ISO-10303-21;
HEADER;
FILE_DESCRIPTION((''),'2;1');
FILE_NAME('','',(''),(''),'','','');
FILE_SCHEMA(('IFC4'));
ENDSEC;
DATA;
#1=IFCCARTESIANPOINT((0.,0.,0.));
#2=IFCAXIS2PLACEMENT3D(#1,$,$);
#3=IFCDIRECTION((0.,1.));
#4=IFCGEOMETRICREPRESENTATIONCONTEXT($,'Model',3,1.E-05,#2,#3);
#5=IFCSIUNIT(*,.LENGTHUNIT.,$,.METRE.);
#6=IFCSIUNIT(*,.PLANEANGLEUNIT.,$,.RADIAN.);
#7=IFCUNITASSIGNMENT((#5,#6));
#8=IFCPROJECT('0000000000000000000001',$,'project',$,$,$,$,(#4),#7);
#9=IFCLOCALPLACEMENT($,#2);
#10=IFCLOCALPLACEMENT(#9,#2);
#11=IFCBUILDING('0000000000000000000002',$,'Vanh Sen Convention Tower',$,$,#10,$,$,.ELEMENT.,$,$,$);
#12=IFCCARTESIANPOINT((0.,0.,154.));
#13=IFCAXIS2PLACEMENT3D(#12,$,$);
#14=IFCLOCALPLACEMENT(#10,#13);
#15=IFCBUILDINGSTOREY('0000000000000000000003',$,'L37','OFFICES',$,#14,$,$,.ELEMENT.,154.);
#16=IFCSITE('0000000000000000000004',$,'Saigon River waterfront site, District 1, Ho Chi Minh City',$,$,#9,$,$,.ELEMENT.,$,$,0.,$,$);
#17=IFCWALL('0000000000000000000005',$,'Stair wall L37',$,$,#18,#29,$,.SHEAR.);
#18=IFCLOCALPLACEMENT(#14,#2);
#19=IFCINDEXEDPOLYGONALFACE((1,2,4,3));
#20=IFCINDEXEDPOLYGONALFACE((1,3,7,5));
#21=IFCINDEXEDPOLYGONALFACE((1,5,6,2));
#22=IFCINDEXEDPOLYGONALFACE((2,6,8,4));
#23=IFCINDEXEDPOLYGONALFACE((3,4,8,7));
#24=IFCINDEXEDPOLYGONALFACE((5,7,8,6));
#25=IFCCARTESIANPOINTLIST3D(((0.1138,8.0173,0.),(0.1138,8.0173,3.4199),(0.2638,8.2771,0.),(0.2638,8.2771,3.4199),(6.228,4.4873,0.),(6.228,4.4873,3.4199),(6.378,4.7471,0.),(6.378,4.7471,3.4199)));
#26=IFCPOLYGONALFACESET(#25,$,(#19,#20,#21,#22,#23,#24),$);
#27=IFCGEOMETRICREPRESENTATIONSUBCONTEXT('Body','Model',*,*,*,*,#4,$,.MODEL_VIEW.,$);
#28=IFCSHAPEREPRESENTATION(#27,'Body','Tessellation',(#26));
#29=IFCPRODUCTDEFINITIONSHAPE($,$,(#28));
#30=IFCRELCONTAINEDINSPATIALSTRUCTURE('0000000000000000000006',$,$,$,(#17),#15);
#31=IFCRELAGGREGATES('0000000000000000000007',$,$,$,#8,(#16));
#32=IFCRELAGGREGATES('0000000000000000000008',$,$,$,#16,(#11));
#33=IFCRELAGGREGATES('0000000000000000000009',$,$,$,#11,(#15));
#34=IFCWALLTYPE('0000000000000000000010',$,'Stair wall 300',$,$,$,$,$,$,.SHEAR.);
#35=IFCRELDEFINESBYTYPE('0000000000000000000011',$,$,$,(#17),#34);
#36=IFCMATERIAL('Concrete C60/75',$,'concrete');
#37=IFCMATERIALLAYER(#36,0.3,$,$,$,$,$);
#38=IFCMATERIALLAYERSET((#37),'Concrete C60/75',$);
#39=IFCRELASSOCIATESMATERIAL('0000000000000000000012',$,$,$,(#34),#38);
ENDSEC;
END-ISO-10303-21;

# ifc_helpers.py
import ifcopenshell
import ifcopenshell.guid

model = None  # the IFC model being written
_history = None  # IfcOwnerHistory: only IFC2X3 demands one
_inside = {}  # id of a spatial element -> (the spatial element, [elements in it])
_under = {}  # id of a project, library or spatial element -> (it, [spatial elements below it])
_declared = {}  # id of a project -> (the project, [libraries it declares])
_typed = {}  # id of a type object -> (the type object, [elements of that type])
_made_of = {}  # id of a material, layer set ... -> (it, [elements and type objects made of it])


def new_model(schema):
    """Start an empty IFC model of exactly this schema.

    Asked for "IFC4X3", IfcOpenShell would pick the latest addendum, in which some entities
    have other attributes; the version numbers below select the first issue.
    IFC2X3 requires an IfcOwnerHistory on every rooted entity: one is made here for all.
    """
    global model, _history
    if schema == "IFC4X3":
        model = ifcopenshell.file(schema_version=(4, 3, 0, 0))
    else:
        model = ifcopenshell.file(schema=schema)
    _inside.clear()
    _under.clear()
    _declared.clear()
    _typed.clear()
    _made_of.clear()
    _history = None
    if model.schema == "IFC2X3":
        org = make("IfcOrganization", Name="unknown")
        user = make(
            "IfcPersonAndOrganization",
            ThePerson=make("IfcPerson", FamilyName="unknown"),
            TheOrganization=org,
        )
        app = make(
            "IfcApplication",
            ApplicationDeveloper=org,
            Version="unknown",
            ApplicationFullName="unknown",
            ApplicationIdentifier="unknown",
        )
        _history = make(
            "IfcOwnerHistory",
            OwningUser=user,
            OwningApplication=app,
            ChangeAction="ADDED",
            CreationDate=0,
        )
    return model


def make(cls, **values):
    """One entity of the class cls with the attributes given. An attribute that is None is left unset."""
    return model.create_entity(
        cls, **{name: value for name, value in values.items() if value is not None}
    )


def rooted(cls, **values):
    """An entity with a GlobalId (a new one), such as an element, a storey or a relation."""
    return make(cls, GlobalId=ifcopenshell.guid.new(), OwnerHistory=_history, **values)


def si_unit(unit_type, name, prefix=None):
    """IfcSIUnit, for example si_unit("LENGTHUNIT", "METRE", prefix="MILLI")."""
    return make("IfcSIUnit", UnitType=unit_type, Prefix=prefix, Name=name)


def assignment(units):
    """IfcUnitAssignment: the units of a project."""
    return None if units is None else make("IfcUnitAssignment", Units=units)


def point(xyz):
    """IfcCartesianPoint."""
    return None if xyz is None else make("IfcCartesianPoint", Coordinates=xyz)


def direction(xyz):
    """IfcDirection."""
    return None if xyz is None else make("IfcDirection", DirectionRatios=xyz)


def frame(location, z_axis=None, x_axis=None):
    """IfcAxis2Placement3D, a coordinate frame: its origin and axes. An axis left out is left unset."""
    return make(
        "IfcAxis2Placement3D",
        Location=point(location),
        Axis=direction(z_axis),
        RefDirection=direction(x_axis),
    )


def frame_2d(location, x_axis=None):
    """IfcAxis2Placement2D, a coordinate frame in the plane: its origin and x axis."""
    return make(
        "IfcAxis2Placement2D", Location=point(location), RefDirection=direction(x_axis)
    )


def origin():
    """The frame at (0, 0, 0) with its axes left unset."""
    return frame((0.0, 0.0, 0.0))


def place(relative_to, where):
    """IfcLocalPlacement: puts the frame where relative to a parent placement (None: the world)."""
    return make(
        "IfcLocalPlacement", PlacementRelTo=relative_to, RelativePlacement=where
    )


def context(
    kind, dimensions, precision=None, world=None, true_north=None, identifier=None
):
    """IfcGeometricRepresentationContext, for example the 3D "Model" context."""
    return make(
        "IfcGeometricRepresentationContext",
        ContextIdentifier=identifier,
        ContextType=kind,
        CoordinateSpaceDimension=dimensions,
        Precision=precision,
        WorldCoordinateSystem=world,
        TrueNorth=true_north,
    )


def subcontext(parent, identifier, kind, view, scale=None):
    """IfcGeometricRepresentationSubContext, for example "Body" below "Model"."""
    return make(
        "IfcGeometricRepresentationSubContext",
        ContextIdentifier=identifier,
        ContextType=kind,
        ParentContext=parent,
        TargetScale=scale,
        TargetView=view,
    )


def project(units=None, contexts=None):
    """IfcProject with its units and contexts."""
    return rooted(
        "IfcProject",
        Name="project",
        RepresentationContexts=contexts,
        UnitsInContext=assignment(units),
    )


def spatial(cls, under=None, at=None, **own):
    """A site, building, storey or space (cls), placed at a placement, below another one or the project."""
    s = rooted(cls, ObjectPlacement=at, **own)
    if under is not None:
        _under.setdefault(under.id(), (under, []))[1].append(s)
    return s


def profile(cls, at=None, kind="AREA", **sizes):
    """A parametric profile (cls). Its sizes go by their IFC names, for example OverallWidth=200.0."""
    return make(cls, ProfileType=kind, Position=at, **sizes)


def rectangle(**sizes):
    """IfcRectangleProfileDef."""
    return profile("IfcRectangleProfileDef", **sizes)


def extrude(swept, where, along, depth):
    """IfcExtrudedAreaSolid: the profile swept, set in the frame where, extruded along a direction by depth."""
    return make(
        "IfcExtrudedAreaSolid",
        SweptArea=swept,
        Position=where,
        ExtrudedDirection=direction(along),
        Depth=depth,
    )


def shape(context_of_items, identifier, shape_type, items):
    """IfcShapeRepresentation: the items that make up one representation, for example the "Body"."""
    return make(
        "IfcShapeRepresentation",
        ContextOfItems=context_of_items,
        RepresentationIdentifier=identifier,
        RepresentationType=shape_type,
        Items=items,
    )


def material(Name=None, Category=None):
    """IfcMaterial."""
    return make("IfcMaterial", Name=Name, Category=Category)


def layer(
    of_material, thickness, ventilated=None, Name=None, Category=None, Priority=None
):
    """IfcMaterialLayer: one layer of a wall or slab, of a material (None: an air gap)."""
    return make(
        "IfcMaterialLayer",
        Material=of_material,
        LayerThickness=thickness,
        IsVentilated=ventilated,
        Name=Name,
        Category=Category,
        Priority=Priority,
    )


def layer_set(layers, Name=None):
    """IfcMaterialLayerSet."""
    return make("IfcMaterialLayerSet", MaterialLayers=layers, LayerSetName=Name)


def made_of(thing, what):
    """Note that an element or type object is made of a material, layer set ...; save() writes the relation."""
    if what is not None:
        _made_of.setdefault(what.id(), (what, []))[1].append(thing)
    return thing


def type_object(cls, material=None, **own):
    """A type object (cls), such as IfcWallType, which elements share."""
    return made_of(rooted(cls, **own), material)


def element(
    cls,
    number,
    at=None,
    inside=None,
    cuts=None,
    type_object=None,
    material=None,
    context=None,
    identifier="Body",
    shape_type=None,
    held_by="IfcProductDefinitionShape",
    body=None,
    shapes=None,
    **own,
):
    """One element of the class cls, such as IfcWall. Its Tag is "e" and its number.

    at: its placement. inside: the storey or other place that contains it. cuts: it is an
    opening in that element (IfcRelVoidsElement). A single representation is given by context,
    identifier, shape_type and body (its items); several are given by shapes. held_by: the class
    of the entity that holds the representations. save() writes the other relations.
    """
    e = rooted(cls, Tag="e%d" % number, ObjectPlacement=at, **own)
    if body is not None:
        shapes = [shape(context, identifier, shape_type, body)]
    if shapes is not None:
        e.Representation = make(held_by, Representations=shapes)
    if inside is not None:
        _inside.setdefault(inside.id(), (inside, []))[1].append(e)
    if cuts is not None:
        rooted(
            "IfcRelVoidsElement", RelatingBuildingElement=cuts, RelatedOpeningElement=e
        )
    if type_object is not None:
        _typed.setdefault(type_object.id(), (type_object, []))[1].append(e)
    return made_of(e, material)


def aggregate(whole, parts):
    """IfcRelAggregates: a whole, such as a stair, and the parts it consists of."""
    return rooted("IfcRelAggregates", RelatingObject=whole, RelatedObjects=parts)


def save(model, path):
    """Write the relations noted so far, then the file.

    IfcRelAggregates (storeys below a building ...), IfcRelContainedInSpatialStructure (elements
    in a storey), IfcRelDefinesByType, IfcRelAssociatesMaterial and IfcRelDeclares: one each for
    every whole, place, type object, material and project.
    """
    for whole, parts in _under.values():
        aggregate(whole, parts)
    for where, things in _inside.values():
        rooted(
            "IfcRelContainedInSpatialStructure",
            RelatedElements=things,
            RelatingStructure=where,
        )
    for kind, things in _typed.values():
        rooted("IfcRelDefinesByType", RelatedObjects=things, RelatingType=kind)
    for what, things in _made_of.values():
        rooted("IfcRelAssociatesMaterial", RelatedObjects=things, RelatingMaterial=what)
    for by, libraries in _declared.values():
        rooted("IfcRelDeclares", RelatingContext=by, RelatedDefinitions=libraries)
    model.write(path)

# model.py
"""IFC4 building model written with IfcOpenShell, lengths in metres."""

from ifc_helpers import new_model, si_unit, direction, frame, frame_2d, origin, place, context, subcontext, project, spatial, rectangle, extrude, material, layer, layer_set, type_object, element, save


model = new_model("IFC4")

# Units and contexts
model_context = context("Model", 3, precision=1e-05, world=origin(), true_north=direction((0.0, 1.0)))
body_context = subcontext(model_context, "Body", "Model", "MODEL_VIEW")
ifc_project = project(units=[si_unit("LENGTHUNIT", "METRE"), si_unit("PLANEANGLEUNIT", "RADIAN")], contexts=[model_context])

# Site, building, storey
site_placement = place(None, origin())
site = spatial("IfcSite", under=ifc_project, at=site_placement, Name="Saigon River waterfront site, District 1, Ho Chi Minh City", CompositionType="ELEMENT", RefElevation=0.0)
building_placement = place(site_placement, origin())
building = spatial("IfcBuilding", under=site, at=building_placement, Name="Vanh Sen Convention Tower", CompositionType="ELEMENT")
storey_placement = place(building_placement, frame((0.0, 0.0, 154.0)))
storey = spatial("IfcBuildingStorey", under=building, at=storey_placement, Name="L37", Description="OFFICES", CompositionType="ELEMENT", Elevation=154.0)

# Shared definitions
ifc_material_1 = material(Name="Concrete C60/75", Category="concrete")

# Shared definitions
ifc_layer_1 = layer(ifc_material_1, 0.3)
ifc_layer_set_1 = layer_set([ifc_layer_1], Name="Concrete C60/75")
wall_type_1 = type_object("IfcWallType", Name="Stair wall 300", PredefinedType="SHEAR", material=ifc_layer_set_1)

# Wall
for number, where, z_axis, x_axis, name in (
    (1, (6.303, 4.6172, 0.0), (0.0, 0.0, 1.0), (-0.866028, 0.499996, 0.0), "Stair wall L37"),
):
    element("IfcWall", number, at=place(storey_placement, frame(where, z_axis=z_axis, x_axis=x_axis)), inside=storey, type_object=wall_type_1, Name=name, PredefinedType="SHEAR", context=body_context, shape_type="SweptSolid", body=[
        extrude(rectangle(XDim=7.0601, YDim=0.3, at=frame_2d((3.53, 0.0))), origin(), (0.0, 0.0, 1.0), 3.4199),
    ])

save(model, "model.ifc")
